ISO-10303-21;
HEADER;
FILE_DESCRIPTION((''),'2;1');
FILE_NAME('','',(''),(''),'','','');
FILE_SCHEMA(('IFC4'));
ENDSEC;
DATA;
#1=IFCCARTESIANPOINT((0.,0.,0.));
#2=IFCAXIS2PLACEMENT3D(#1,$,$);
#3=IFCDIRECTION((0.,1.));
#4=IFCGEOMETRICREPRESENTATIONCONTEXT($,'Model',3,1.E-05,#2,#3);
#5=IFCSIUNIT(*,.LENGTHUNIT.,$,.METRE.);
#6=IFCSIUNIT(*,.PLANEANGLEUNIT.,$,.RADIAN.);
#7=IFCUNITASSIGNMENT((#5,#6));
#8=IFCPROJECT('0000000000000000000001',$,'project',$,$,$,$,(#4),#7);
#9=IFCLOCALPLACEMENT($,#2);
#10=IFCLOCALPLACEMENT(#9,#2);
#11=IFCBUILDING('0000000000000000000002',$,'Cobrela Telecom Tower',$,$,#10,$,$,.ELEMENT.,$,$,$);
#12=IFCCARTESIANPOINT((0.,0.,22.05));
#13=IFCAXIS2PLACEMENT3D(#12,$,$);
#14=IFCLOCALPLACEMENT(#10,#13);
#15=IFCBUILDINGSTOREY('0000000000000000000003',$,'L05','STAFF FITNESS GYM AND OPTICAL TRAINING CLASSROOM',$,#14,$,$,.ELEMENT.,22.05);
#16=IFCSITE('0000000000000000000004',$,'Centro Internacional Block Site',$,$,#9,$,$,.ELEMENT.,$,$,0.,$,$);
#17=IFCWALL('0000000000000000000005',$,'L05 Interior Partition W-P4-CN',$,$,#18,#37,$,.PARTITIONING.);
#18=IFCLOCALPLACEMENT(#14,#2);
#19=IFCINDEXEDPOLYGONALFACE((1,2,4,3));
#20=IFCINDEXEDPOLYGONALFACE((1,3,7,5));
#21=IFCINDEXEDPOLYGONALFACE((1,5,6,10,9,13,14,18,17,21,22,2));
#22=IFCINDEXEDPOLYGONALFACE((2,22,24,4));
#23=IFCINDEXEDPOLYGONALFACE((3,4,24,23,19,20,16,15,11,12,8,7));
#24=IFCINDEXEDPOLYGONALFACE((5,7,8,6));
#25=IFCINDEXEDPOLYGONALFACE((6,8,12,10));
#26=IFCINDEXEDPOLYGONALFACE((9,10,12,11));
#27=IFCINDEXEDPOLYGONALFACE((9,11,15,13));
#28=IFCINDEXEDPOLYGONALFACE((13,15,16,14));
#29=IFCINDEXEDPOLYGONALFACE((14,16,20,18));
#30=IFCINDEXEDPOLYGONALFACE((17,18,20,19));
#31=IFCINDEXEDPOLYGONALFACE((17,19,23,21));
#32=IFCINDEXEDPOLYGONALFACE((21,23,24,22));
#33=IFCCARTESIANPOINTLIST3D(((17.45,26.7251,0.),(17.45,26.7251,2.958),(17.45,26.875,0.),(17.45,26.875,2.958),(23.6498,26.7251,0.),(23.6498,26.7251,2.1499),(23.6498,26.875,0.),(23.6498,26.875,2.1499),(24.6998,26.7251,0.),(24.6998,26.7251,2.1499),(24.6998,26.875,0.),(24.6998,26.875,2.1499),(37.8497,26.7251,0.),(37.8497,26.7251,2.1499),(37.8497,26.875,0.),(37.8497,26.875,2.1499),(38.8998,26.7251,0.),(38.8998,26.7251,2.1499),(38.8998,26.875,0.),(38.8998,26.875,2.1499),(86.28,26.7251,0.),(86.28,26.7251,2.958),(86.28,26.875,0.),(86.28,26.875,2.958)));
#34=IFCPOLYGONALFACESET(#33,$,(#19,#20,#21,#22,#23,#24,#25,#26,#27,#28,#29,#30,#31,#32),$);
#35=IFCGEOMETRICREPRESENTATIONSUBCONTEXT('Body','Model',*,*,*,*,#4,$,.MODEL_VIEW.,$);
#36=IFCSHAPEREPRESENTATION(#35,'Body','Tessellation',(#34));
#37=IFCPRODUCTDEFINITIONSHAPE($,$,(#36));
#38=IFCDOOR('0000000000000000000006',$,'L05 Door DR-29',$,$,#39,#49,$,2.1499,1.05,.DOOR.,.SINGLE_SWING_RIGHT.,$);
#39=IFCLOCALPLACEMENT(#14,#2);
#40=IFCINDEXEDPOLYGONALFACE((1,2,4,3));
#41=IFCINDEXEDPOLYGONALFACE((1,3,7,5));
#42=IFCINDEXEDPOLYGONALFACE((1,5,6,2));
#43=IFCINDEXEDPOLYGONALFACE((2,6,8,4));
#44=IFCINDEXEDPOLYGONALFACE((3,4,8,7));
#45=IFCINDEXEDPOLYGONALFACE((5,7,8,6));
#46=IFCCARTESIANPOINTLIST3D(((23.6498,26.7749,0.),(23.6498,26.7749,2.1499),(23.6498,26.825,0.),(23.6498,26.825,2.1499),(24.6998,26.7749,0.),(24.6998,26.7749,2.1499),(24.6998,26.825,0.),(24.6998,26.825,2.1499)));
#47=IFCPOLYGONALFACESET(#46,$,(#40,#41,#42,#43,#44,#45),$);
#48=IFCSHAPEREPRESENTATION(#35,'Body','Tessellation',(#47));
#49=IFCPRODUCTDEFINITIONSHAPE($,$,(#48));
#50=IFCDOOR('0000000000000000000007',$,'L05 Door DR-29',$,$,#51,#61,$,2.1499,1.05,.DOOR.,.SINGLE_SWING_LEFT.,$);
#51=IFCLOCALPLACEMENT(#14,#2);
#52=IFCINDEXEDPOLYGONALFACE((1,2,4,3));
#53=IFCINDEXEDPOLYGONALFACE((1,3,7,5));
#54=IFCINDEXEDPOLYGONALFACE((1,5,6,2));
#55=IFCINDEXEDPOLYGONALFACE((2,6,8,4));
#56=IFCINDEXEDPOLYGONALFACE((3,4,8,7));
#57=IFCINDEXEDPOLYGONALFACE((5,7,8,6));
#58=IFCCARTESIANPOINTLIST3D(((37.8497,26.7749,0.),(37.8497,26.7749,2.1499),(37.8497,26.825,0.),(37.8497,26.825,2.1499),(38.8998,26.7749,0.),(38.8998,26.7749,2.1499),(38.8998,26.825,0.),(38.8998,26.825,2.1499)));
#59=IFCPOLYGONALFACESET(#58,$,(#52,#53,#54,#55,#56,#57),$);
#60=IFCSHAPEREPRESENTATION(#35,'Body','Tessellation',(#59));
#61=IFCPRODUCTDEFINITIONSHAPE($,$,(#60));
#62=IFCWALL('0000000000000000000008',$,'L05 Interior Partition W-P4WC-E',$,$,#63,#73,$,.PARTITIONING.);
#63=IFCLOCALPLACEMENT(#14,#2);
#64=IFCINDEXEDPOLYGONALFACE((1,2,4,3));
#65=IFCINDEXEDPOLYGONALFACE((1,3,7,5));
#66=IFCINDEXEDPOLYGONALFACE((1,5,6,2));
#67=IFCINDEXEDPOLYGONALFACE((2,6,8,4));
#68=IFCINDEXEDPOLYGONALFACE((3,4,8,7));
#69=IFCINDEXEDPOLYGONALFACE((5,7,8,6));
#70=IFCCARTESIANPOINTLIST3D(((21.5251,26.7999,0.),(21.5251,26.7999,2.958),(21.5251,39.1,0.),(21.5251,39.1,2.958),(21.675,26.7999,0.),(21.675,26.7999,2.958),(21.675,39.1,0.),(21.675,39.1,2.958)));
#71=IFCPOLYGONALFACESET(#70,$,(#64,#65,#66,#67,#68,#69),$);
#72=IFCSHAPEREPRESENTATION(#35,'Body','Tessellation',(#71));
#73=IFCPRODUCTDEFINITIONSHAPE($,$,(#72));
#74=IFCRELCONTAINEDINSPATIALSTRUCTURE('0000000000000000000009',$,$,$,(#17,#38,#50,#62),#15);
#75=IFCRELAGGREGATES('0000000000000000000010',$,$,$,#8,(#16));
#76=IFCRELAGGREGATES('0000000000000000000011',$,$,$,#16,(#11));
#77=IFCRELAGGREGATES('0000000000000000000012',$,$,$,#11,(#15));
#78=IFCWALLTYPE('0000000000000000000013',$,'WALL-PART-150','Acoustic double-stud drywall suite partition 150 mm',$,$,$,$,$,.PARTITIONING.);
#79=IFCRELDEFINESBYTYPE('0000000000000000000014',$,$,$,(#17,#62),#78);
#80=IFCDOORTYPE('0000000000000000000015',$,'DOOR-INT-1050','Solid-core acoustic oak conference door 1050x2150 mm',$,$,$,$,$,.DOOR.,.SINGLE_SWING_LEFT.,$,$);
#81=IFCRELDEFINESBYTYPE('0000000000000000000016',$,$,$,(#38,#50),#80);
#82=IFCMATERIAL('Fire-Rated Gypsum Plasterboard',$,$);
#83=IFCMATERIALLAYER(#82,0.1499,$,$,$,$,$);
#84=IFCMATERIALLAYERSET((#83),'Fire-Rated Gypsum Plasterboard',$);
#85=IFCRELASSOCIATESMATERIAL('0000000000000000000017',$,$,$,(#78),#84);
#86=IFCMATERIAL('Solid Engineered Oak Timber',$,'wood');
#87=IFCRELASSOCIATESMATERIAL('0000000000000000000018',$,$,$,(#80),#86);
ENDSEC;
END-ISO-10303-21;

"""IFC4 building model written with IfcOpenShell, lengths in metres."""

from ifc_helpers import new_model, si_unit, direction, frame, frame_2d, origin, place, context, subcontext, project, spatial, rectangle, extrude, material, layer, layer_set, type_object, element, fill, save


model = new_model("IFC4")

# Units and contexts
model_context = context("Model", 3, precision=1e-05, world=origin(), true_north=direction((0.0, 1.0)))
body_context = subcontext(model_context, "Body", "Model", "MODEL_VIEW")
ifc_project = project(units=[si_unit("LENGTHUNIT", "METRE"), si_unit("PLANEANGLEUNIT", "RADIAN")], contexts=[model_context])

# Site, building, storey
site_placement = place(None, origin())
site = spatial("IfcSite", under=ifc_project, at=site_placement, Name="Centro Internacional Block Site", CompositionType="ELEMENT", RefElevation=0.0)
building_placement = place(site_placement, origin())
building = spatial("IfcBuilding", under=site, at=building_placement, Name="Cobrela Telecom Tower", CompositionType="ELEMENT")
storey_placement = place(building_placement, frame((0.0, 0.0, 22.05)))
storey = spatial("IfcBuildingStorey", under=building, at=storey_placement, Name="L05", Description="STAFF FITNESS GYM AND OPTICAL TRAINING CLASSROOM", CompositionType="ELEMENT", Elevation=22.05)

# Shared definitions
ifc_material_1 = material(Name="Fire-Rated Gypsum Plasterboard")

# Shared definitions
ifc_layer_1 = layer(ifc_material_1, 0.1499)
ifc_layer_set_1 = layer_set([ifc_layer_1], Name="Fire-Rated Gypsum Plasterboard")
wall_type_1 = type_object("IfcWallType", Name="WALL-PART-150", Description="Acoustic double-stud drywall suite partition 150 mm", PredefinedType="PARTITIONING", material=ifc_layer_set_1)
ifc_material_2 = material(Name="Solid Engineered Oak Timber", Category="wood")

# Wall, openings, doors
door_type_1 = type_object("IfcDoorType", Name="DOOR-INT-1050", Description="Solid-core acoustic oak conference door 1050x2150 mm", OperationType="SINGLE_SWING_LEFT", PredefinedType="DOOR", material=ifc_material_2)
wall_1_placement = place(storey_placement, frame((17.45, 26.8, 0.0), z_axis=(0.0, 0.0, 1.0), x_axis=(1.0, 0.0, 0.0)))
wall_1 = element("IfcWall", 1, at=wall_1_placement, inside=storey, type_object=wall_type_1, Name="L05 Interior Partition W-P4-CN", PredefinedType="PARTITIONING", context=body_context, shape_type="SweptSolid", body=[
    extrude(rectangle(XDim=68.8301, YDim=0.1499, at=frame_2d((34.415, 0.0))), origin(), (0.0, 0.0, 1.0), 2.958),
])
opening_1_placement = place(wall_1_placement, frame((6.2, 0.0, 0.0)))
opening_1 = element("IfcOpeningElement", 2, at=opening_1_placement, cuts=wall_1, PredefinedType="OPENING", context=body_context, shape_type="SweptSolid", body=[
    extrude(rectangle(XDim=1.05, YDim=2.1499, at=frame_2d((0.5249, 1.075))), frame((0.0, 0.0869, 0.0), z_axis=(0.0, -1.0, 0.0), x_axis=(1.0, 0.0, 0.0)), (0.0, 0.0, 1.0), 0.1738),
])
opening_2_placement = place(wall_1_placement, frame((20.3999, 0.0, 0.0)))
opening_2 = element("IfcOpeningElement", 3, at=opening_2_placement, cuts=wall_1, PredefinedType="OPENING", context=body_context, shape_type="SweptSolid", body=[
    extrude(rectangle(XDim=1.05, YDim=2.1499, at=frame_2d((0.5249, 1.075))), frame((0.0, 0.0869, 0.0), z_axis=(0.0, -1.0, 0.0), x_axis=(1.0, 0.0, 0.0)), (0.0, 0.0, 1.0), 0.1738),
])
door_1_placement = place(opening_1_placement, origin())
door_1 = element("IfcDoor", 4, at=door_1_placement, inside=storey, type_object=door_type_1, Name="L05 Door DR-29", OperationType="SINGLE_SWING_RIGHT", OverallHeight=2.1499, OverallWidth=1.05, PredefinedType="DOOR", context=body_context, shape_type="SweptSolid", body=[
    extrude(rectangle(XDim=1.05, YDim=2.1499, at=frame_2d((0.5249, 1.075))), frame((0.0, 0.0249, 0.0), z_axis=(0.0, -1.0, 0.0), x_axis=(1.0, 0.0, 0.0)), (0.0, 0.0, 1.0), 0.05),
])
fill(opening_1, door_1)
door_2_placement = place(opening_2_placement, origin())
door_2 = element("IfcDoor", 5, at=door_2_placement, inside=storey, type_object=door_type_1, Name="L05 Door DR-29", OperationType="SINGLE_SWING_LEFT", OverallHeight=2.1499, OverallWidth=1.05, PredefinedType="DOOR", context=body_context, shape_type="SweptSolid", body=[
    extrude(rectangle(XDim=1.05, YDim=2.1499, at=frame_2d((0.5249, 1.075))), frame((0.0, 0.0249, 0.0), z_axis=(0.0, -1.0, 0.0), x_axis=(1.0, 0.0, 0.0)), (0.0, 0.0, 1.0), 0.05),
])
fill(opening_2, door_2)

# Wall
wall_2_placement = place(storey_placement, frame((21.6001, 26.8, 0.0), z_axis=(0.0, 0.0, 1.0), x_axis=(0.0, 1.0, 0.0)))
element("IfcWall", 6, at=wall_2_placement, inside=storey, type_object=wall_type_1, Name="L05 Interior Partition W-P4WC-E", PredefinedType="PARTITIONING", context=body_context, shape_type="SweptSolid", body=[
    extrude(rectangle(XDim=12.3, YDim=0.1499, at=frame_2d((6.1499, 0.0))), origin(), (0.0, 0.0, 1.0), 2.958),
])

save(model, "model.ifc")
